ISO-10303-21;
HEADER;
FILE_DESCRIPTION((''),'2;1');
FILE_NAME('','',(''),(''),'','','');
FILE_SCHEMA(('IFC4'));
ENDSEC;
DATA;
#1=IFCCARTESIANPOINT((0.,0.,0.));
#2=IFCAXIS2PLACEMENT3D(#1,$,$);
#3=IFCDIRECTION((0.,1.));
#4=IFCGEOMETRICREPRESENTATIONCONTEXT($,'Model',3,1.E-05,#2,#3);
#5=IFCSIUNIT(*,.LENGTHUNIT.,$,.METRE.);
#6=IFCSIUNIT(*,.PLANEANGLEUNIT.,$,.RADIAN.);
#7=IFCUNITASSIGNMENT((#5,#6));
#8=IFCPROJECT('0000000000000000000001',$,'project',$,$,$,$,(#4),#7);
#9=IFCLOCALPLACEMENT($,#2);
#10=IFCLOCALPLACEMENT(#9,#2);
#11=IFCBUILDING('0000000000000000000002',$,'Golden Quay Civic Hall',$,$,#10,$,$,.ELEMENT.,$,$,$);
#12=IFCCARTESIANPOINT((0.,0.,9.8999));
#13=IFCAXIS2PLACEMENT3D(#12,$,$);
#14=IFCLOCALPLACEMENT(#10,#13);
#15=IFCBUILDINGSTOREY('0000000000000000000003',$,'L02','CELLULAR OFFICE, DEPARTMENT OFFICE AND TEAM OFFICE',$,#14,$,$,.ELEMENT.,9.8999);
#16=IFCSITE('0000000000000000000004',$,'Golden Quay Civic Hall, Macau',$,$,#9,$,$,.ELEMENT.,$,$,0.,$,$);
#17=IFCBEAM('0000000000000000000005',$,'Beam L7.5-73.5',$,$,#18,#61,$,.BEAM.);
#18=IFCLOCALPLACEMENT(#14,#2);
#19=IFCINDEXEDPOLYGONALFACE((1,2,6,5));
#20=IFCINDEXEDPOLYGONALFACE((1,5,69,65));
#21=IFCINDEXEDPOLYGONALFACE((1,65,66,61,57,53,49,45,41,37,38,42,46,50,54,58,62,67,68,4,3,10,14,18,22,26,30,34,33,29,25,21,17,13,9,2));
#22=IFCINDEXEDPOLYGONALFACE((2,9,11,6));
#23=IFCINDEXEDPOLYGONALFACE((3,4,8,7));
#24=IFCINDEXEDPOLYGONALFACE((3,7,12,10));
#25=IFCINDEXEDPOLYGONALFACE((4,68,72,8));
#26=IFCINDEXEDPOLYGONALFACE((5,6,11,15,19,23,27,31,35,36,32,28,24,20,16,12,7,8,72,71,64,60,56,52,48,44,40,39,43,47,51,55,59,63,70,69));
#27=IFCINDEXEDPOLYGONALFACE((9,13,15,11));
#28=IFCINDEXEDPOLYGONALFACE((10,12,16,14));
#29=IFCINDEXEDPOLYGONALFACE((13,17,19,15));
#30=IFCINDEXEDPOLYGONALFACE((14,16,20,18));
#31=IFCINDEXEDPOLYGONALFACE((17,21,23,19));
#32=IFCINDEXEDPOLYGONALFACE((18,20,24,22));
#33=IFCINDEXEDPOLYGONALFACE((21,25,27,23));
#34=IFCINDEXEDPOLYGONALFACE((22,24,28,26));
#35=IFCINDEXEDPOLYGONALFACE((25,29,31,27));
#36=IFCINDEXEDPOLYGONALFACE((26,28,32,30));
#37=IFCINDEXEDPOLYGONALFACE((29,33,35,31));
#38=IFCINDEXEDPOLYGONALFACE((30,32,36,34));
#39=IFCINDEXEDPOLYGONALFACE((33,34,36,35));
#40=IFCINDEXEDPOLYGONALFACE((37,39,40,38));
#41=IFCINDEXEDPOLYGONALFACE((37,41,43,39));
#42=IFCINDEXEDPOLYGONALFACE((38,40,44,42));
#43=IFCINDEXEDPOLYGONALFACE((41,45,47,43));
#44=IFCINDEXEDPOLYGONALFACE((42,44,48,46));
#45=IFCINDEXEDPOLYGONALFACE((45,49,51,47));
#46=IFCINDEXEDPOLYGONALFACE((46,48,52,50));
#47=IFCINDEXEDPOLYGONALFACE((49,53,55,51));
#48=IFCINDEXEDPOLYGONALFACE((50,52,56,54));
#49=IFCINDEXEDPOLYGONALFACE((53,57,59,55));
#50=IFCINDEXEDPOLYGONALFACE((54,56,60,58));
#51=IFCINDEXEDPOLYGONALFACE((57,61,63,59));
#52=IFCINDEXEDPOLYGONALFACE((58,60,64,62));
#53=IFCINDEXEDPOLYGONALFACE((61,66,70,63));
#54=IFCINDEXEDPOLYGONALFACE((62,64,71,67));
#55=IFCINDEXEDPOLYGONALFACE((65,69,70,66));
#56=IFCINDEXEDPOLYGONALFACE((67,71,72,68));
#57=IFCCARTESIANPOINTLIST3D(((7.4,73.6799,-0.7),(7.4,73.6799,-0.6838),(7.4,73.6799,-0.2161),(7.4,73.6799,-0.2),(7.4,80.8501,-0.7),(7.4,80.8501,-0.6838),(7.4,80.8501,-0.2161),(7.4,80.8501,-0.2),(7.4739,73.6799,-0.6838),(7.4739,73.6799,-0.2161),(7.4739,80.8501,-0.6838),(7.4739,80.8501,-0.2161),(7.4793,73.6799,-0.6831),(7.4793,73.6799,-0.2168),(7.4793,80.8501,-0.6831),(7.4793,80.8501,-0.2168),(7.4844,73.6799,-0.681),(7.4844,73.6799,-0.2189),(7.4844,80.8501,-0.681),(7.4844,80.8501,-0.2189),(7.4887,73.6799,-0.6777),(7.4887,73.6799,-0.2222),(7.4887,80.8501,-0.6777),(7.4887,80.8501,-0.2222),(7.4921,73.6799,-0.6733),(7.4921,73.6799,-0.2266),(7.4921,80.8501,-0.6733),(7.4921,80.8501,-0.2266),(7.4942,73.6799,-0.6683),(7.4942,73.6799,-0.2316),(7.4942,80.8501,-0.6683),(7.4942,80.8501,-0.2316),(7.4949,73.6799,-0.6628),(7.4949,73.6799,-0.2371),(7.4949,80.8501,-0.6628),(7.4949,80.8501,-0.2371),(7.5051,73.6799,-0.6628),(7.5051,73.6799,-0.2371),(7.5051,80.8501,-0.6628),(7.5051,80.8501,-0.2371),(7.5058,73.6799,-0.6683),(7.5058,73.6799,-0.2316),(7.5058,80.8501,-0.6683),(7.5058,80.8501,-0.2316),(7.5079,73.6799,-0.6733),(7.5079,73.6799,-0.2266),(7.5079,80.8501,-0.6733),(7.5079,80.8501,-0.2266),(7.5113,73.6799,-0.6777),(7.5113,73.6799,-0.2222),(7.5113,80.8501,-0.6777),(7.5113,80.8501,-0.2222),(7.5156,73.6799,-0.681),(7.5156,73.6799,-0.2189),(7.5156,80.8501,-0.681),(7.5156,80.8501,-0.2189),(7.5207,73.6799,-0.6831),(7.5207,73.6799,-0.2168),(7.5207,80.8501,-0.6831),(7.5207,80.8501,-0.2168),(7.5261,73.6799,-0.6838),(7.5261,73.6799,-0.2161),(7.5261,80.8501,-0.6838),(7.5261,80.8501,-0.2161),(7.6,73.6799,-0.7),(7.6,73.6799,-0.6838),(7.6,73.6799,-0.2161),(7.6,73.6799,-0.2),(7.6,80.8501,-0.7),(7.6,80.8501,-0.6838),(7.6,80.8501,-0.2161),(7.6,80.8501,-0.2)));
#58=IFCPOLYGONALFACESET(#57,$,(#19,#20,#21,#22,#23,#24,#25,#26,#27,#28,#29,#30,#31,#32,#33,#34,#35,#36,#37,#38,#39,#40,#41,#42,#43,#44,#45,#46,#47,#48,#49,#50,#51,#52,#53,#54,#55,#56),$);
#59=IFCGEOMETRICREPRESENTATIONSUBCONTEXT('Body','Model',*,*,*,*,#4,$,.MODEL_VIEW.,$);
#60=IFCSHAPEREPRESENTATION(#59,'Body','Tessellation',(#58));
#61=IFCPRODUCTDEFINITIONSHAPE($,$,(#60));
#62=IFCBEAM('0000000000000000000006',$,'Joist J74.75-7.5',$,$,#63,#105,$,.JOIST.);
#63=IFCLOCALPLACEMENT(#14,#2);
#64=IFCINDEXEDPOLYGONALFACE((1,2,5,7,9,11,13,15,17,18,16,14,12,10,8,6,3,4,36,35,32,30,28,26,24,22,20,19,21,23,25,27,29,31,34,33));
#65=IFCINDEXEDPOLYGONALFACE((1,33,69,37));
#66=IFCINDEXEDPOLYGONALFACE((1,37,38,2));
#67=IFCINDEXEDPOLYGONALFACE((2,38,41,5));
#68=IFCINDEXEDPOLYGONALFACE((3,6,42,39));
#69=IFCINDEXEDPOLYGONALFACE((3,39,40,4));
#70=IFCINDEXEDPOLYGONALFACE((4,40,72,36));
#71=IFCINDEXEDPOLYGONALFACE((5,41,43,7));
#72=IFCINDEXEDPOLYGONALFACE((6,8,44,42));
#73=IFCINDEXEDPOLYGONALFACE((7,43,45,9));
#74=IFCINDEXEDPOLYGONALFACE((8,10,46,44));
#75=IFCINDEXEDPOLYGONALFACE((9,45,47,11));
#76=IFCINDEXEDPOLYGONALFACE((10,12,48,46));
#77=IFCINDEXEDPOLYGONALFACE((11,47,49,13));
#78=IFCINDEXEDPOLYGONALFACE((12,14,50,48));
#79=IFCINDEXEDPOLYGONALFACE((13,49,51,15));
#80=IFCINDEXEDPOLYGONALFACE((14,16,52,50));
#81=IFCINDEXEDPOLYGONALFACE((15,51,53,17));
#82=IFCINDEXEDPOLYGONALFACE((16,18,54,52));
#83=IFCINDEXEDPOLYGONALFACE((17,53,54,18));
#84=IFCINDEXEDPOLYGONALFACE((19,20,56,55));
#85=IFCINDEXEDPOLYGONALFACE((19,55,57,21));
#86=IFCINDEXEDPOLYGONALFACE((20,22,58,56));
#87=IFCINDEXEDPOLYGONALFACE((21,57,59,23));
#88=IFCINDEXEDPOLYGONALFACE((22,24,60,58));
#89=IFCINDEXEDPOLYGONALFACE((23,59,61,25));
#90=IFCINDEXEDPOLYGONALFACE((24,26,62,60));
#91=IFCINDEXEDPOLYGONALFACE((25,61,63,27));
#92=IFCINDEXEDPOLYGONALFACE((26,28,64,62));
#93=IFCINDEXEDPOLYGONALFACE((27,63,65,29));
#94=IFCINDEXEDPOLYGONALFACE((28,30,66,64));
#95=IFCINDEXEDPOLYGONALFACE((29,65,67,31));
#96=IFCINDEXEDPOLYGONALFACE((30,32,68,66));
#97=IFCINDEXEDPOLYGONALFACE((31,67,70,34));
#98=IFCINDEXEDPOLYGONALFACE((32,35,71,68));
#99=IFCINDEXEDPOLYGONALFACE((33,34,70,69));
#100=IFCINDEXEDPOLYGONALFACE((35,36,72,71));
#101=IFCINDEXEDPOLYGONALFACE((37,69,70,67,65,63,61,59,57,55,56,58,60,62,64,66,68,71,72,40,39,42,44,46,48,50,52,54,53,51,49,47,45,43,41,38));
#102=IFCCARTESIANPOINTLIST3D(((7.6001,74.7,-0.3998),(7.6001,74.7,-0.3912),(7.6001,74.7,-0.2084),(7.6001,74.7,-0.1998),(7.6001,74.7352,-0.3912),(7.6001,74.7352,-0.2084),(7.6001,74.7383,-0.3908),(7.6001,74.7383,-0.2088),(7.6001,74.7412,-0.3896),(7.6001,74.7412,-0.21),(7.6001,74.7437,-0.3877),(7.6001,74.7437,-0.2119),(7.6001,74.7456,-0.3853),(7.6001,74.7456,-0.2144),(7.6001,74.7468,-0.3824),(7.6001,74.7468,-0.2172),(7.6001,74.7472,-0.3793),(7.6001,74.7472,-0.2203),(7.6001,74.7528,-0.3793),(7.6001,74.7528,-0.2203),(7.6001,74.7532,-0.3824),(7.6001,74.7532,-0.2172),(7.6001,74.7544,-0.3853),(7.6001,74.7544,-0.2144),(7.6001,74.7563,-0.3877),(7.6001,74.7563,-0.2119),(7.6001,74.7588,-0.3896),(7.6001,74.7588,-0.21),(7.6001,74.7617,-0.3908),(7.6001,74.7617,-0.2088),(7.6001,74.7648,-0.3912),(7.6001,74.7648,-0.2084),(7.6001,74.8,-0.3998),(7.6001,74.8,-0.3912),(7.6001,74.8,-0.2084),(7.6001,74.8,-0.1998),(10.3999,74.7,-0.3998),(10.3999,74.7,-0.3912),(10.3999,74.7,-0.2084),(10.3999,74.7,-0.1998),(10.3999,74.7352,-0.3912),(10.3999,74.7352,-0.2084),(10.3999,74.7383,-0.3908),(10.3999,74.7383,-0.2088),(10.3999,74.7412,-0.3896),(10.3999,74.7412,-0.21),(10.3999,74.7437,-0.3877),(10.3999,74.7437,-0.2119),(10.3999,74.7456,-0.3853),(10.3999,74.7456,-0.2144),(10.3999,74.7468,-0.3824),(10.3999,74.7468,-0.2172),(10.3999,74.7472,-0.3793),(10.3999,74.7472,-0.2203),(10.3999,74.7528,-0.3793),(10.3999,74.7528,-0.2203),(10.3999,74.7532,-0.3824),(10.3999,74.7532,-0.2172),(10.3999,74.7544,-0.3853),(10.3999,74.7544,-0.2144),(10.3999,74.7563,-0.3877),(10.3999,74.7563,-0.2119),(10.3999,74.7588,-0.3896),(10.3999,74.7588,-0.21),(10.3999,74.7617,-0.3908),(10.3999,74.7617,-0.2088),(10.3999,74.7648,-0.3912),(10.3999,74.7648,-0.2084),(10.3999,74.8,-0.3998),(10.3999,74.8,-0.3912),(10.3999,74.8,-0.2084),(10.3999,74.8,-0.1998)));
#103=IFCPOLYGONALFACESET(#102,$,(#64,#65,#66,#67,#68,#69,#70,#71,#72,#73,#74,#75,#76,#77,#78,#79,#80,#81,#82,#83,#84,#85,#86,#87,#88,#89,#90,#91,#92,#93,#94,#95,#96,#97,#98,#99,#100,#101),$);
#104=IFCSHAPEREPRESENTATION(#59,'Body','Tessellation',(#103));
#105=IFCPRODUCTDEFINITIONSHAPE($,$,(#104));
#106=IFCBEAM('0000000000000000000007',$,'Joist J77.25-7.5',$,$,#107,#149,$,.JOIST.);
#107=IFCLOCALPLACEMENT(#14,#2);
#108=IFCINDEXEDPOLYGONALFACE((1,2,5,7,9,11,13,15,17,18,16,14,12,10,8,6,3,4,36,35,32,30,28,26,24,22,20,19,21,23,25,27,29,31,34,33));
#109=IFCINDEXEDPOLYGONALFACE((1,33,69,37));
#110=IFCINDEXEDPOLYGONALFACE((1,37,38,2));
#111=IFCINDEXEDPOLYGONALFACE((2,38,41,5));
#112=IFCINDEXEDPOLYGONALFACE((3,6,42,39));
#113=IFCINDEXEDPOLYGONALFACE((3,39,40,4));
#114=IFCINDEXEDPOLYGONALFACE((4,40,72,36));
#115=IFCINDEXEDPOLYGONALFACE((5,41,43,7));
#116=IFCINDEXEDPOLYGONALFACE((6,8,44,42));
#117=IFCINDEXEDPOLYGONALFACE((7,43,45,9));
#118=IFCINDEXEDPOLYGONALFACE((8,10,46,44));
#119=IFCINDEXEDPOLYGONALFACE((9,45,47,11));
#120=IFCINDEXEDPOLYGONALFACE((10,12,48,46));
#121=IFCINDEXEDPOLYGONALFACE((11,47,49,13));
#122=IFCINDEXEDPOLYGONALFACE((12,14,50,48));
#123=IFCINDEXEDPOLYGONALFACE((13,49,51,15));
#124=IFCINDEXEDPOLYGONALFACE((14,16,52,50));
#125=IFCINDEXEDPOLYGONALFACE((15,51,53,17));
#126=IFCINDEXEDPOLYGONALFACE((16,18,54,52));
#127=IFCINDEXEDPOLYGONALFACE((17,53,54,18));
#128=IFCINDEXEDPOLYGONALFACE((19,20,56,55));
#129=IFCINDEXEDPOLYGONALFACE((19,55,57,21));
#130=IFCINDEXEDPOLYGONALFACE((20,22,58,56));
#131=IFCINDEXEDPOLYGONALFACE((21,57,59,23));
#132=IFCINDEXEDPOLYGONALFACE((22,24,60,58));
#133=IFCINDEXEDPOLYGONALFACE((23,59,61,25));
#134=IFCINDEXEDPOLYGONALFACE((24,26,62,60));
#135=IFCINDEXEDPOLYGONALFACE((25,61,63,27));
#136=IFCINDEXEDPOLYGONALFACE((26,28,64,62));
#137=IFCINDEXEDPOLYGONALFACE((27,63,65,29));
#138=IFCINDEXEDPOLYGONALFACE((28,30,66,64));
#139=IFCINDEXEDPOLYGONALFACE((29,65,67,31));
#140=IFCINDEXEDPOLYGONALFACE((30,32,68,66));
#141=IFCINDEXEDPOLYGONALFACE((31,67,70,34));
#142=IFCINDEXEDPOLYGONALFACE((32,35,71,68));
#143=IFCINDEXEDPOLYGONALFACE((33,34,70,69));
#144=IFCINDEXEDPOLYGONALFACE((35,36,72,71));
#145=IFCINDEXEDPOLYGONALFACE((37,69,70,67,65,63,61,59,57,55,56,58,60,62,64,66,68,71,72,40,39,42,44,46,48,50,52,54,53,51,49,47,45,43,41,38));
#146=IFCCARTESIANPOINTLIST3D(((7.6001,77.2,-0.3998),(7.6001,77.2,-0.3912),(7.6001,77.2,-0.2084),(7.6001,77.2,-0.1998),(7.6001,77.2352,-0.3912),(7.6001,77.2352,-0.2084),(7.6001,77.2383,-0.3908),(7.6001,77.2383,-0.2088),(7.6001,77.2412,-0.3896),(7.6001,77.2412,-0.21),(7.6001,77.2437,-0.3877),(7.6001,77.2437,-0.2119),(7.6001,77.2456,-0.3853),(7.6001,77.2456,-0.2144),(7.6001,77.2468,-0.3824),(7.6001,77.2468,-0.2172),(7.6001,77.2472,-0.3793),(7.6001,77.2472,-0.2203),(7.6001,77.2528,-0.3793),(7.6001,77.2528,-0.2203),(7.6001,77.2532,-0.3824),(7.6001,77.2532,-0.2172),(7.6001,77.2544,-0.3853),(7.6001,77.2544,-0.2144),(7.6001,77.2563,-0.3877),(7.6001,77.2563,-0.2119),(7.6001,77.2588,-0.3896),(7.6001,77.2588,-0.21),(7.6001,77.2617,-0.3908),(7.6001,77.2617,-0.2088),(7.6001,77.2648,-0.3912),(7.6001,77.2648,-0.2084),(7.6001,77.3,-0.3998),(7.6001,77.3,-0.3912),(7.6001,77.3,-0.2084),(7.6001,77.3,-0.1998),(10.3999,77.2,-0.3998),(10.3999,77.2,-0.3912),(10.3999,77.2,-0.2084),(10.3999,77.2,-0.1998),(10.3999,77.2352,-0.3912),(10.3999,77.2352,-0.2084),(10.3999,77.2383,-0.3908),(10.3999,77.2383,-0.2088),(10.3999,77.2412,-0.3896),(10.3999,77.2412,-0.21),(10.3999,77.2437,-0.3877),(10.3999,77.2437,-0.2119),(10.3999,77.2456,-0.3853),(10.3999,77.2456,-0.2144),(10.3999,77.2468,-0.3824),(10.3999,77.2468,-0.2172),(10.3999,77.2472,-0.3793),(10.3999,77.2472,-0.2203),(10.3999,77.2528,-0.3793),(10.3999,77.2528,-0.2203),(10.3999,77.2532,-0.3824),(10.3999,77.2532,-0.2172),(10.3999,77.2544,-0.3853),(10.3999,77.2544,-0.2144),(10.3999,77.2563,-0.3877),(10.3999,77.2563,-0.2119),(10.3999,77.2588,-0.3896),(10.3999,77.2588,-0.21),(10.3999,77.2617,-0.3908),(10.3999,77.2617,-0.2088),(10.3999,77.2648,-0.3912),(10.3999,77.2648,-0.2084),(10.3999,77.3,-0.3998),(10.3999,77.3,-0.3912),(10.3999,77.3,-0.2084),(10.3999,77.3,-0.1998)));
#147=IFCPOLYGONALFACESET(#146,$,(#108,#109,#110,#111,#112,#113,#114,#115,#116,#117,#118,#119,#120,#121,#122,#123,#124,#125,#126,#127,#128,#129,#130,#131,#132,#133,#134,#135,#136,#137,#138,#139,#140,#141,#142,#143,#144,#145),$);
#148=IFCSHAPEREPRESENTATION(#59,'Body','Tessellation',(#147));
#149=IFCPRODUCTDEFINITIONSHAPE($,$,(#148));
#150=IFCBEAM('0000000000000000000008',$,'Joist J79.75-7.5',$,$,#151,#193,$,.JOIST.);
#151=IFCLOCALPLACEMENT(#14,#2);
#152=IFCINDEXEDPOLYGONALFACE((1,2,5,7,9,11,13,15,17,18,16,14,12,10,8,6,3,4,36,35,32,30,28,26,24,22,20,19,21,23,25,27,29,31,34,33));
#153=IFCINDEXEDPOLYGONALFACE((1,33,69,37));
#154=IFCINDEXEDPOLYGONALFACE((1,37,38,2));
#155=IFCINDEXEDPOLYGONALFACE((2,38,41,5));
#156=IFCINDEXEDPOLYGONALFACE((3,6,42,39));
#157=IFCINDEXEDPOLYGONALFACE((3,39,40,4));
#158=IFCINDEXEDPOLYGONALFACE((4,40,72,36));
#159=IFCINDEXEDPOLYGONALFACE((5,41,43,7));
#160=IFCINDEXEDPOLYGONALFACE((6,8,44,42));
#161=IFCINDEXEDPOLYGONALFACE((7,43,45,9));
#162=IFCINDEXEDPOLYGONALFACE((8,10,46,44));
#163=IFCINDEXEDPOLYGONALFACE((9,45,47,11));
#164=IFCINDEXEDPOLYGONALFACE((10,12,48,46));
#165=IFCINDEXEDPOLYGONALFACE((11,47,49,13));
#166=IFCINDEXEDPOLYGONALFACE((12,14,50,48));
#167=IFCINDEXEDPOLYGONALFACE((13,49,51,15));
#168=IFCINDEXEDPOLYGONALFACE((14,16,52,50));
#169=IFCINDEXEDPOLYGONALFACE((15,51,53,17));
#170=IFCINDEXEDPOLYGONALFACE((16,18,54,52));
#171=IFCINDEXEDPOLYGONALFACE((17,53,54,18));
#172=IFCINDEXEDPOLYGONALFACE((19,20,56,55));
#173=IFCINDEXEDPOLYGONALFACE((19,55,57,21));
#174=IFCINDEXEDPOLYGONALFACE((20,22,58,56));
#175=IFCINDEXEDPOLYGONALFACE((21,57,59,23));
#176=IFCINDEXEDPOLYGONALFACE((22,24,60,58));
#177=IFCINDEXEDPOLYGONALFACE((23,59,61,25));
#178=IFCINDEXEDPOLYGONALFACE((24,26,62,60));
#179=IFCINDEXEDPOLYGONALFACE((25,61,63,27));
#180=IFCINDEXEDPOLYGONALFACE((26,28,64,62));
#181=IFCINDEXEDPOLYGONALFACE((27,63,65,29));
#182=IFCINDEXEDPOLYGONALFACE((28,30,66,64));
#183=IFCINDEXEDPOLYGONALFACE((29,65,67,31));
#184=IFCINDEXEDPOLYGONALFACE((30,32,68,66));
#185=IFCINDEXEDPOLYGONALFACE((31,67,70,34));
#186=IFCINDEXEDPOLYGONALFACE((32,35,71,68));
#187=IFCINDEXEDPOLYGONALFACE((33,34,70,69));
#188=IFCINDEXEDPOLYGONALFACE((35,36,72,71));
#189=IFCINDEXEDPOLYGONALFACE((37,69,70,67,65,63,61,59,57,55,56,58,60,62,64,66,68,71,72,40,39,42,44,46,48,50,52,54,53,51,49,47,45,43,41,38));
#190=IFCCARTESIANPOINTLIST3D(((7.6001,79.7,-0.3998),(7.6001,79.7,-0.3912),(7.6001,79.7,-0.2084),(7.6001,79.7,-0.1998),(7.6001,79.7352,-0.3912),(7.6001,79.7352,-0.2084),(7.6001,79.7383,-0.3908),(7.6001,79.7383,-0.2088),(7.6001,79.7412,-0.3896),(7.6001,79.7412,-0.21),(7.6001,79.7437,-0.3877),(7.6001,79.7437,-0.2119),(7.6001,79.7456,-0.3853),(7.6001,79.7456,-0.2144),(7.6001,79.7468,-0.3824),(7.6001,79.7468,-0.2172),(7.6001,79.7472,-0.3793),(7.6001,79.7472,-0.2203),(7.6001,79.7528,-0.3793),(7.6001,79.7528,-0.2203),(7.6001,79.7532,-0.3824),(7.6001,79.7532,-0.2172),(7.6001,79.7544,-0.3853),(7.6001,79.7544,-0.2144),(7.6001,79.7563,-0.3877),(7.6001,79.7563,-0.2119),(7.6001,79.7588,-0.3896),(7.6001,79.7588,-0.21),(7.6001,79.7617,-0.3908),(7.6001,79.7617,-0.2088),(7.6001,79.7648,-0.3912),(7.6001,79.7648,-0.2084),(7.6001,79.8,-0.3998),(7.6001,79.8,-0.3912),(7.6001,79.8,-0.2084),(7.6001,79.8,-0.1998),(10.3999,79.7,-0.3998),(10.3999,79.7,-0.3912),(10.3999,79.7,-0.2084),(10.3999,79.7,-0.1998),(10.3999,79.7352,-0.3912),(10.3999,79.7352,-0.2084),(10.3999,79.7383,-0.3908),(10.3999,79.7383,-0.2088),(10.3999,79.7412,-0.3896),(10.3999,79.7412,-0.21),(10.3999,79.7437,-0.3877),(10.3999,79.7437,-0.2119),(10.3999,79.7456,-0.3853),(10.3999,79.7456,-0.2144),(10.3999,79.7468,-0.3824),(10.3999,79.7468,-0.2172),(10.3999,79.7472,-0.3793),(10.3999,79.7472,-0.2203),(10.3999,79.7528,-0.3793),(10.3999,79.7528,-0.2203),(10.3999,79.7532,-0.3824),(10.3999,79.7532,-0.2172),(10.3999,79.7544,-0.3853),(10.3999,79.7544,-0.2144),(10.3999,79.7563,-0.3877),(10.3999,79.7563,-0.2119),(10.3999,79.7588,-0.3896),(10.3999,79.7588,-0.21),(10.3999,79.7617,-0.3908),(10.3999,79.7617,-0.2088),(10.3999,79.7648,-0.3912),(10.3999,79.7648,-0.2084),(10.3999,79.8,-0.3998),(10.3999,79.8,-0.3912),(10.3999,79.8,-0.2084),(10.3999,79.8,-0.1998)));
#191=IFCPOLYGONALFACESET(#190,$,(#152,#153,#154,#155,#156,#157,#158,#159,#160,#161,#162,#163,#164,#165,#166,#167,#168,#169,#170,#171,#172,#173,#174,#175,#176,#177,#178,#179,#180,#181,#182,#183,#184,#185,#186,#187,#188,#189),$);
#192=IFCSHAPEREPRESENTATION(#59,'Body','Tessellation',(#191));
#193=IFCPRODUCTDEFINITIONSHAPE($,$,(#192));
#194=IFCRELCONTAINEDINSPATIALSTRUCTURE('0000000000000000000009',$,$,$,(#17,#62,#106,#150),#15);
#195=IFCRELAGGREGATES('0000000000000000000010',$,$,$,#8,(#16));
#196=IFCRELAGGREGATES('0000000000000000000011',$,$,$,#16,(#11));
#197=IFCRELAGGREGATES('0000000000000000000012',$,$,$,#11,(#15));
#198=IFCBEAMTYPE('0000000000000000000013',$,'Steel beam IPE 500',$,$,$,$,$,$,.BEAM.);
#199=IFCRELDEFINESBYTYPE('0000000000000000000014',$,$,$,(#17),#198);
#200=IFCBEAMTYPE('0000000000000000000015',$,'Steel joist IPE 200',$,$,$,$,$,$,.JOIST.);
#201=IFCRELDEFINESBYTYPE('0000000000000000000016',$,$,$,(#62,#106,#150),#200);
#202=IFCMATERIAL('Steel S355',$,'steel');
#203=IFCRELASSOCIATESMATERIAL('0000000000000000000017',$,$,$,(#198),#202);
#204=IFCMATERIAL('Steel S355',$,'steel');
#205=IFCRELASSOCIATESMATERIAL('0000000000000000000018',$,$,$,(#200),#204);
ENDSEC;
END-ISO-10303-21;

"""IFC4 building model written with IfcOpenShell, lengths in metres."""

from ifc_helpers import new_model, si_unit, direction, frame, origin, origin_2d, place, context, subcontext, project, spatial, i_section, extrude, material, material_profile, profile_set, type_object, element, save


model = new_model("IFC4")

# Units and contexts
model_context = context("Model", 3, precision=1e-05, world=origin(), true_north=direction((0.0, 1.0)))
body_context = subcontext(model_context, "Body", "Model", "MODEL_VIEW")
ifc_project = project(units=[si_unit("LENGTHUNIT", "METRE"), si_unit("PLANEANGLEUNIT", "RADIAN")], contexts=[model_context])

# Site, building, storey
site_placement = place(None, origin())
site = spatial("IfcSite", under=ifc_project, at=site_placement, Name="Golden Quay Civic Hall, Macau", CompositionType="ELEMENT", RefElevation=0.0)
building_placement = place(site_placement, origin())
building = spatial("IfcBuilding", under=site, at=building_placement, Name="Golden Quay Civic Hall", CompositionType="ELEMENT")
storey_placement = place(building_placement, frame((0.0, 0.0, 9.8999)))
storey = spatial("IfcBuildingStorey", under=building, at=storey_placement, Name="L02", Description="CELLULAR OFFICE, DEPARTMENT OFFICE AND TEAM OFFICE", CompositionType="ELEMENT", Elevation=9.8999)

# Beams
ifc_material_1 = material(Name="Steel S355", Category="steel")
ifc_material_profile_1 = material_profile(ifc_material_1, i_section(OverallWidth=0.2, OverallDepth=0.5, WebThickness=0.0103, FlangeThickness=0.0161, FilletRadius=0.021, at=origin_2d()), Name="IPE 500")
ifc_profile_set_1 = profile_set([ifc_material_profile_1], Name="Steel S355")
beam_type_1 = type_object("IfcBeamType", Name="Steel beam IPE 500", PredefinedType="BEAM", material=ifc_profile_set_1)
beam_1_placement = place(storey_placement, frame((7.5, 73.6799, -0.45), z_axis=(0.0, 1.0, 0.0), x_axis=(-1.0, 0.0, 0.0)))
element("IfcBeam", 1, at=beam_1_placement, inside=storey, type_object=beam_type_1, Name="Beam L7.5-73.5", PredefinedType="BEAM", context=body_context, shape_type="SweptSolid", body=[
    extrude(i_section(OverallWidth=0.2, OverallDepth=0.5, WebThickness=0.0103, FlangeThickness=0.0161, FilletRadius=0.021, at=origin_2d()), origin(), (0.0, 0.0, 1.0), 7.1702),
])
ifc_material_2 = material(Name="Steel S355", Category="steel")
ifc_material_profile_2 = material_profile(ifc_material_2, i_section(OverallWidth=0.1001, OverallDepth=0.2, WebThickness=0.0056, FlangeThickness=0.0085, FilletRadius=0.012, at=origin_2d()), Name="IPE 200")
ifc_profile_set_2 = profile_set([ifc_material_profile_2], Name="Steel S355")
beam_type_2 = type_object("IfcBeamType", Name="Steel joist IPE 200", PredefinedType="JOIST", material=ifc_profile_set_2)
for number, where, z_axis, x_axis, name in (
    (2, (7.6001, 74.75, -0.2998), (1.0, 0.0, 0.0), (0.0, 1.0, 0.0), "Joist J74.75-7.5"),
    (3, (7.6001, 77.25, -0.2998), (1.0, 0.0, 0.0), (0.0, 1.0, 0.0), "Joist J77.25-7.5"),
    (4, (7.6001, 79.75, -0.2998), (1.0, 0.0, 0.0), (0.0, 1.0, 0.0), "Joist J79.75-7.5"),
):
    element("IfcBeam", number, at=place(storey_placement, frame(where, z_axis=z_axis, x_axis=x_axis)), inside=storey, type_object=beam_type_2, Name=name, PredefinedType="JOIST", context=body_context, shape_type="SweptSolid", body=[
        extrude(i_section(OverallWidth=0.1001, OverallDepth=0.2, WebThickness=0.0056, FlangeThickness=0.0085, FilletRadius=0.012, at=origin_2d()), origin(), (0.0, 0.0, 1.0), 2.7998),
    ])

save(model, "model.ifc")
